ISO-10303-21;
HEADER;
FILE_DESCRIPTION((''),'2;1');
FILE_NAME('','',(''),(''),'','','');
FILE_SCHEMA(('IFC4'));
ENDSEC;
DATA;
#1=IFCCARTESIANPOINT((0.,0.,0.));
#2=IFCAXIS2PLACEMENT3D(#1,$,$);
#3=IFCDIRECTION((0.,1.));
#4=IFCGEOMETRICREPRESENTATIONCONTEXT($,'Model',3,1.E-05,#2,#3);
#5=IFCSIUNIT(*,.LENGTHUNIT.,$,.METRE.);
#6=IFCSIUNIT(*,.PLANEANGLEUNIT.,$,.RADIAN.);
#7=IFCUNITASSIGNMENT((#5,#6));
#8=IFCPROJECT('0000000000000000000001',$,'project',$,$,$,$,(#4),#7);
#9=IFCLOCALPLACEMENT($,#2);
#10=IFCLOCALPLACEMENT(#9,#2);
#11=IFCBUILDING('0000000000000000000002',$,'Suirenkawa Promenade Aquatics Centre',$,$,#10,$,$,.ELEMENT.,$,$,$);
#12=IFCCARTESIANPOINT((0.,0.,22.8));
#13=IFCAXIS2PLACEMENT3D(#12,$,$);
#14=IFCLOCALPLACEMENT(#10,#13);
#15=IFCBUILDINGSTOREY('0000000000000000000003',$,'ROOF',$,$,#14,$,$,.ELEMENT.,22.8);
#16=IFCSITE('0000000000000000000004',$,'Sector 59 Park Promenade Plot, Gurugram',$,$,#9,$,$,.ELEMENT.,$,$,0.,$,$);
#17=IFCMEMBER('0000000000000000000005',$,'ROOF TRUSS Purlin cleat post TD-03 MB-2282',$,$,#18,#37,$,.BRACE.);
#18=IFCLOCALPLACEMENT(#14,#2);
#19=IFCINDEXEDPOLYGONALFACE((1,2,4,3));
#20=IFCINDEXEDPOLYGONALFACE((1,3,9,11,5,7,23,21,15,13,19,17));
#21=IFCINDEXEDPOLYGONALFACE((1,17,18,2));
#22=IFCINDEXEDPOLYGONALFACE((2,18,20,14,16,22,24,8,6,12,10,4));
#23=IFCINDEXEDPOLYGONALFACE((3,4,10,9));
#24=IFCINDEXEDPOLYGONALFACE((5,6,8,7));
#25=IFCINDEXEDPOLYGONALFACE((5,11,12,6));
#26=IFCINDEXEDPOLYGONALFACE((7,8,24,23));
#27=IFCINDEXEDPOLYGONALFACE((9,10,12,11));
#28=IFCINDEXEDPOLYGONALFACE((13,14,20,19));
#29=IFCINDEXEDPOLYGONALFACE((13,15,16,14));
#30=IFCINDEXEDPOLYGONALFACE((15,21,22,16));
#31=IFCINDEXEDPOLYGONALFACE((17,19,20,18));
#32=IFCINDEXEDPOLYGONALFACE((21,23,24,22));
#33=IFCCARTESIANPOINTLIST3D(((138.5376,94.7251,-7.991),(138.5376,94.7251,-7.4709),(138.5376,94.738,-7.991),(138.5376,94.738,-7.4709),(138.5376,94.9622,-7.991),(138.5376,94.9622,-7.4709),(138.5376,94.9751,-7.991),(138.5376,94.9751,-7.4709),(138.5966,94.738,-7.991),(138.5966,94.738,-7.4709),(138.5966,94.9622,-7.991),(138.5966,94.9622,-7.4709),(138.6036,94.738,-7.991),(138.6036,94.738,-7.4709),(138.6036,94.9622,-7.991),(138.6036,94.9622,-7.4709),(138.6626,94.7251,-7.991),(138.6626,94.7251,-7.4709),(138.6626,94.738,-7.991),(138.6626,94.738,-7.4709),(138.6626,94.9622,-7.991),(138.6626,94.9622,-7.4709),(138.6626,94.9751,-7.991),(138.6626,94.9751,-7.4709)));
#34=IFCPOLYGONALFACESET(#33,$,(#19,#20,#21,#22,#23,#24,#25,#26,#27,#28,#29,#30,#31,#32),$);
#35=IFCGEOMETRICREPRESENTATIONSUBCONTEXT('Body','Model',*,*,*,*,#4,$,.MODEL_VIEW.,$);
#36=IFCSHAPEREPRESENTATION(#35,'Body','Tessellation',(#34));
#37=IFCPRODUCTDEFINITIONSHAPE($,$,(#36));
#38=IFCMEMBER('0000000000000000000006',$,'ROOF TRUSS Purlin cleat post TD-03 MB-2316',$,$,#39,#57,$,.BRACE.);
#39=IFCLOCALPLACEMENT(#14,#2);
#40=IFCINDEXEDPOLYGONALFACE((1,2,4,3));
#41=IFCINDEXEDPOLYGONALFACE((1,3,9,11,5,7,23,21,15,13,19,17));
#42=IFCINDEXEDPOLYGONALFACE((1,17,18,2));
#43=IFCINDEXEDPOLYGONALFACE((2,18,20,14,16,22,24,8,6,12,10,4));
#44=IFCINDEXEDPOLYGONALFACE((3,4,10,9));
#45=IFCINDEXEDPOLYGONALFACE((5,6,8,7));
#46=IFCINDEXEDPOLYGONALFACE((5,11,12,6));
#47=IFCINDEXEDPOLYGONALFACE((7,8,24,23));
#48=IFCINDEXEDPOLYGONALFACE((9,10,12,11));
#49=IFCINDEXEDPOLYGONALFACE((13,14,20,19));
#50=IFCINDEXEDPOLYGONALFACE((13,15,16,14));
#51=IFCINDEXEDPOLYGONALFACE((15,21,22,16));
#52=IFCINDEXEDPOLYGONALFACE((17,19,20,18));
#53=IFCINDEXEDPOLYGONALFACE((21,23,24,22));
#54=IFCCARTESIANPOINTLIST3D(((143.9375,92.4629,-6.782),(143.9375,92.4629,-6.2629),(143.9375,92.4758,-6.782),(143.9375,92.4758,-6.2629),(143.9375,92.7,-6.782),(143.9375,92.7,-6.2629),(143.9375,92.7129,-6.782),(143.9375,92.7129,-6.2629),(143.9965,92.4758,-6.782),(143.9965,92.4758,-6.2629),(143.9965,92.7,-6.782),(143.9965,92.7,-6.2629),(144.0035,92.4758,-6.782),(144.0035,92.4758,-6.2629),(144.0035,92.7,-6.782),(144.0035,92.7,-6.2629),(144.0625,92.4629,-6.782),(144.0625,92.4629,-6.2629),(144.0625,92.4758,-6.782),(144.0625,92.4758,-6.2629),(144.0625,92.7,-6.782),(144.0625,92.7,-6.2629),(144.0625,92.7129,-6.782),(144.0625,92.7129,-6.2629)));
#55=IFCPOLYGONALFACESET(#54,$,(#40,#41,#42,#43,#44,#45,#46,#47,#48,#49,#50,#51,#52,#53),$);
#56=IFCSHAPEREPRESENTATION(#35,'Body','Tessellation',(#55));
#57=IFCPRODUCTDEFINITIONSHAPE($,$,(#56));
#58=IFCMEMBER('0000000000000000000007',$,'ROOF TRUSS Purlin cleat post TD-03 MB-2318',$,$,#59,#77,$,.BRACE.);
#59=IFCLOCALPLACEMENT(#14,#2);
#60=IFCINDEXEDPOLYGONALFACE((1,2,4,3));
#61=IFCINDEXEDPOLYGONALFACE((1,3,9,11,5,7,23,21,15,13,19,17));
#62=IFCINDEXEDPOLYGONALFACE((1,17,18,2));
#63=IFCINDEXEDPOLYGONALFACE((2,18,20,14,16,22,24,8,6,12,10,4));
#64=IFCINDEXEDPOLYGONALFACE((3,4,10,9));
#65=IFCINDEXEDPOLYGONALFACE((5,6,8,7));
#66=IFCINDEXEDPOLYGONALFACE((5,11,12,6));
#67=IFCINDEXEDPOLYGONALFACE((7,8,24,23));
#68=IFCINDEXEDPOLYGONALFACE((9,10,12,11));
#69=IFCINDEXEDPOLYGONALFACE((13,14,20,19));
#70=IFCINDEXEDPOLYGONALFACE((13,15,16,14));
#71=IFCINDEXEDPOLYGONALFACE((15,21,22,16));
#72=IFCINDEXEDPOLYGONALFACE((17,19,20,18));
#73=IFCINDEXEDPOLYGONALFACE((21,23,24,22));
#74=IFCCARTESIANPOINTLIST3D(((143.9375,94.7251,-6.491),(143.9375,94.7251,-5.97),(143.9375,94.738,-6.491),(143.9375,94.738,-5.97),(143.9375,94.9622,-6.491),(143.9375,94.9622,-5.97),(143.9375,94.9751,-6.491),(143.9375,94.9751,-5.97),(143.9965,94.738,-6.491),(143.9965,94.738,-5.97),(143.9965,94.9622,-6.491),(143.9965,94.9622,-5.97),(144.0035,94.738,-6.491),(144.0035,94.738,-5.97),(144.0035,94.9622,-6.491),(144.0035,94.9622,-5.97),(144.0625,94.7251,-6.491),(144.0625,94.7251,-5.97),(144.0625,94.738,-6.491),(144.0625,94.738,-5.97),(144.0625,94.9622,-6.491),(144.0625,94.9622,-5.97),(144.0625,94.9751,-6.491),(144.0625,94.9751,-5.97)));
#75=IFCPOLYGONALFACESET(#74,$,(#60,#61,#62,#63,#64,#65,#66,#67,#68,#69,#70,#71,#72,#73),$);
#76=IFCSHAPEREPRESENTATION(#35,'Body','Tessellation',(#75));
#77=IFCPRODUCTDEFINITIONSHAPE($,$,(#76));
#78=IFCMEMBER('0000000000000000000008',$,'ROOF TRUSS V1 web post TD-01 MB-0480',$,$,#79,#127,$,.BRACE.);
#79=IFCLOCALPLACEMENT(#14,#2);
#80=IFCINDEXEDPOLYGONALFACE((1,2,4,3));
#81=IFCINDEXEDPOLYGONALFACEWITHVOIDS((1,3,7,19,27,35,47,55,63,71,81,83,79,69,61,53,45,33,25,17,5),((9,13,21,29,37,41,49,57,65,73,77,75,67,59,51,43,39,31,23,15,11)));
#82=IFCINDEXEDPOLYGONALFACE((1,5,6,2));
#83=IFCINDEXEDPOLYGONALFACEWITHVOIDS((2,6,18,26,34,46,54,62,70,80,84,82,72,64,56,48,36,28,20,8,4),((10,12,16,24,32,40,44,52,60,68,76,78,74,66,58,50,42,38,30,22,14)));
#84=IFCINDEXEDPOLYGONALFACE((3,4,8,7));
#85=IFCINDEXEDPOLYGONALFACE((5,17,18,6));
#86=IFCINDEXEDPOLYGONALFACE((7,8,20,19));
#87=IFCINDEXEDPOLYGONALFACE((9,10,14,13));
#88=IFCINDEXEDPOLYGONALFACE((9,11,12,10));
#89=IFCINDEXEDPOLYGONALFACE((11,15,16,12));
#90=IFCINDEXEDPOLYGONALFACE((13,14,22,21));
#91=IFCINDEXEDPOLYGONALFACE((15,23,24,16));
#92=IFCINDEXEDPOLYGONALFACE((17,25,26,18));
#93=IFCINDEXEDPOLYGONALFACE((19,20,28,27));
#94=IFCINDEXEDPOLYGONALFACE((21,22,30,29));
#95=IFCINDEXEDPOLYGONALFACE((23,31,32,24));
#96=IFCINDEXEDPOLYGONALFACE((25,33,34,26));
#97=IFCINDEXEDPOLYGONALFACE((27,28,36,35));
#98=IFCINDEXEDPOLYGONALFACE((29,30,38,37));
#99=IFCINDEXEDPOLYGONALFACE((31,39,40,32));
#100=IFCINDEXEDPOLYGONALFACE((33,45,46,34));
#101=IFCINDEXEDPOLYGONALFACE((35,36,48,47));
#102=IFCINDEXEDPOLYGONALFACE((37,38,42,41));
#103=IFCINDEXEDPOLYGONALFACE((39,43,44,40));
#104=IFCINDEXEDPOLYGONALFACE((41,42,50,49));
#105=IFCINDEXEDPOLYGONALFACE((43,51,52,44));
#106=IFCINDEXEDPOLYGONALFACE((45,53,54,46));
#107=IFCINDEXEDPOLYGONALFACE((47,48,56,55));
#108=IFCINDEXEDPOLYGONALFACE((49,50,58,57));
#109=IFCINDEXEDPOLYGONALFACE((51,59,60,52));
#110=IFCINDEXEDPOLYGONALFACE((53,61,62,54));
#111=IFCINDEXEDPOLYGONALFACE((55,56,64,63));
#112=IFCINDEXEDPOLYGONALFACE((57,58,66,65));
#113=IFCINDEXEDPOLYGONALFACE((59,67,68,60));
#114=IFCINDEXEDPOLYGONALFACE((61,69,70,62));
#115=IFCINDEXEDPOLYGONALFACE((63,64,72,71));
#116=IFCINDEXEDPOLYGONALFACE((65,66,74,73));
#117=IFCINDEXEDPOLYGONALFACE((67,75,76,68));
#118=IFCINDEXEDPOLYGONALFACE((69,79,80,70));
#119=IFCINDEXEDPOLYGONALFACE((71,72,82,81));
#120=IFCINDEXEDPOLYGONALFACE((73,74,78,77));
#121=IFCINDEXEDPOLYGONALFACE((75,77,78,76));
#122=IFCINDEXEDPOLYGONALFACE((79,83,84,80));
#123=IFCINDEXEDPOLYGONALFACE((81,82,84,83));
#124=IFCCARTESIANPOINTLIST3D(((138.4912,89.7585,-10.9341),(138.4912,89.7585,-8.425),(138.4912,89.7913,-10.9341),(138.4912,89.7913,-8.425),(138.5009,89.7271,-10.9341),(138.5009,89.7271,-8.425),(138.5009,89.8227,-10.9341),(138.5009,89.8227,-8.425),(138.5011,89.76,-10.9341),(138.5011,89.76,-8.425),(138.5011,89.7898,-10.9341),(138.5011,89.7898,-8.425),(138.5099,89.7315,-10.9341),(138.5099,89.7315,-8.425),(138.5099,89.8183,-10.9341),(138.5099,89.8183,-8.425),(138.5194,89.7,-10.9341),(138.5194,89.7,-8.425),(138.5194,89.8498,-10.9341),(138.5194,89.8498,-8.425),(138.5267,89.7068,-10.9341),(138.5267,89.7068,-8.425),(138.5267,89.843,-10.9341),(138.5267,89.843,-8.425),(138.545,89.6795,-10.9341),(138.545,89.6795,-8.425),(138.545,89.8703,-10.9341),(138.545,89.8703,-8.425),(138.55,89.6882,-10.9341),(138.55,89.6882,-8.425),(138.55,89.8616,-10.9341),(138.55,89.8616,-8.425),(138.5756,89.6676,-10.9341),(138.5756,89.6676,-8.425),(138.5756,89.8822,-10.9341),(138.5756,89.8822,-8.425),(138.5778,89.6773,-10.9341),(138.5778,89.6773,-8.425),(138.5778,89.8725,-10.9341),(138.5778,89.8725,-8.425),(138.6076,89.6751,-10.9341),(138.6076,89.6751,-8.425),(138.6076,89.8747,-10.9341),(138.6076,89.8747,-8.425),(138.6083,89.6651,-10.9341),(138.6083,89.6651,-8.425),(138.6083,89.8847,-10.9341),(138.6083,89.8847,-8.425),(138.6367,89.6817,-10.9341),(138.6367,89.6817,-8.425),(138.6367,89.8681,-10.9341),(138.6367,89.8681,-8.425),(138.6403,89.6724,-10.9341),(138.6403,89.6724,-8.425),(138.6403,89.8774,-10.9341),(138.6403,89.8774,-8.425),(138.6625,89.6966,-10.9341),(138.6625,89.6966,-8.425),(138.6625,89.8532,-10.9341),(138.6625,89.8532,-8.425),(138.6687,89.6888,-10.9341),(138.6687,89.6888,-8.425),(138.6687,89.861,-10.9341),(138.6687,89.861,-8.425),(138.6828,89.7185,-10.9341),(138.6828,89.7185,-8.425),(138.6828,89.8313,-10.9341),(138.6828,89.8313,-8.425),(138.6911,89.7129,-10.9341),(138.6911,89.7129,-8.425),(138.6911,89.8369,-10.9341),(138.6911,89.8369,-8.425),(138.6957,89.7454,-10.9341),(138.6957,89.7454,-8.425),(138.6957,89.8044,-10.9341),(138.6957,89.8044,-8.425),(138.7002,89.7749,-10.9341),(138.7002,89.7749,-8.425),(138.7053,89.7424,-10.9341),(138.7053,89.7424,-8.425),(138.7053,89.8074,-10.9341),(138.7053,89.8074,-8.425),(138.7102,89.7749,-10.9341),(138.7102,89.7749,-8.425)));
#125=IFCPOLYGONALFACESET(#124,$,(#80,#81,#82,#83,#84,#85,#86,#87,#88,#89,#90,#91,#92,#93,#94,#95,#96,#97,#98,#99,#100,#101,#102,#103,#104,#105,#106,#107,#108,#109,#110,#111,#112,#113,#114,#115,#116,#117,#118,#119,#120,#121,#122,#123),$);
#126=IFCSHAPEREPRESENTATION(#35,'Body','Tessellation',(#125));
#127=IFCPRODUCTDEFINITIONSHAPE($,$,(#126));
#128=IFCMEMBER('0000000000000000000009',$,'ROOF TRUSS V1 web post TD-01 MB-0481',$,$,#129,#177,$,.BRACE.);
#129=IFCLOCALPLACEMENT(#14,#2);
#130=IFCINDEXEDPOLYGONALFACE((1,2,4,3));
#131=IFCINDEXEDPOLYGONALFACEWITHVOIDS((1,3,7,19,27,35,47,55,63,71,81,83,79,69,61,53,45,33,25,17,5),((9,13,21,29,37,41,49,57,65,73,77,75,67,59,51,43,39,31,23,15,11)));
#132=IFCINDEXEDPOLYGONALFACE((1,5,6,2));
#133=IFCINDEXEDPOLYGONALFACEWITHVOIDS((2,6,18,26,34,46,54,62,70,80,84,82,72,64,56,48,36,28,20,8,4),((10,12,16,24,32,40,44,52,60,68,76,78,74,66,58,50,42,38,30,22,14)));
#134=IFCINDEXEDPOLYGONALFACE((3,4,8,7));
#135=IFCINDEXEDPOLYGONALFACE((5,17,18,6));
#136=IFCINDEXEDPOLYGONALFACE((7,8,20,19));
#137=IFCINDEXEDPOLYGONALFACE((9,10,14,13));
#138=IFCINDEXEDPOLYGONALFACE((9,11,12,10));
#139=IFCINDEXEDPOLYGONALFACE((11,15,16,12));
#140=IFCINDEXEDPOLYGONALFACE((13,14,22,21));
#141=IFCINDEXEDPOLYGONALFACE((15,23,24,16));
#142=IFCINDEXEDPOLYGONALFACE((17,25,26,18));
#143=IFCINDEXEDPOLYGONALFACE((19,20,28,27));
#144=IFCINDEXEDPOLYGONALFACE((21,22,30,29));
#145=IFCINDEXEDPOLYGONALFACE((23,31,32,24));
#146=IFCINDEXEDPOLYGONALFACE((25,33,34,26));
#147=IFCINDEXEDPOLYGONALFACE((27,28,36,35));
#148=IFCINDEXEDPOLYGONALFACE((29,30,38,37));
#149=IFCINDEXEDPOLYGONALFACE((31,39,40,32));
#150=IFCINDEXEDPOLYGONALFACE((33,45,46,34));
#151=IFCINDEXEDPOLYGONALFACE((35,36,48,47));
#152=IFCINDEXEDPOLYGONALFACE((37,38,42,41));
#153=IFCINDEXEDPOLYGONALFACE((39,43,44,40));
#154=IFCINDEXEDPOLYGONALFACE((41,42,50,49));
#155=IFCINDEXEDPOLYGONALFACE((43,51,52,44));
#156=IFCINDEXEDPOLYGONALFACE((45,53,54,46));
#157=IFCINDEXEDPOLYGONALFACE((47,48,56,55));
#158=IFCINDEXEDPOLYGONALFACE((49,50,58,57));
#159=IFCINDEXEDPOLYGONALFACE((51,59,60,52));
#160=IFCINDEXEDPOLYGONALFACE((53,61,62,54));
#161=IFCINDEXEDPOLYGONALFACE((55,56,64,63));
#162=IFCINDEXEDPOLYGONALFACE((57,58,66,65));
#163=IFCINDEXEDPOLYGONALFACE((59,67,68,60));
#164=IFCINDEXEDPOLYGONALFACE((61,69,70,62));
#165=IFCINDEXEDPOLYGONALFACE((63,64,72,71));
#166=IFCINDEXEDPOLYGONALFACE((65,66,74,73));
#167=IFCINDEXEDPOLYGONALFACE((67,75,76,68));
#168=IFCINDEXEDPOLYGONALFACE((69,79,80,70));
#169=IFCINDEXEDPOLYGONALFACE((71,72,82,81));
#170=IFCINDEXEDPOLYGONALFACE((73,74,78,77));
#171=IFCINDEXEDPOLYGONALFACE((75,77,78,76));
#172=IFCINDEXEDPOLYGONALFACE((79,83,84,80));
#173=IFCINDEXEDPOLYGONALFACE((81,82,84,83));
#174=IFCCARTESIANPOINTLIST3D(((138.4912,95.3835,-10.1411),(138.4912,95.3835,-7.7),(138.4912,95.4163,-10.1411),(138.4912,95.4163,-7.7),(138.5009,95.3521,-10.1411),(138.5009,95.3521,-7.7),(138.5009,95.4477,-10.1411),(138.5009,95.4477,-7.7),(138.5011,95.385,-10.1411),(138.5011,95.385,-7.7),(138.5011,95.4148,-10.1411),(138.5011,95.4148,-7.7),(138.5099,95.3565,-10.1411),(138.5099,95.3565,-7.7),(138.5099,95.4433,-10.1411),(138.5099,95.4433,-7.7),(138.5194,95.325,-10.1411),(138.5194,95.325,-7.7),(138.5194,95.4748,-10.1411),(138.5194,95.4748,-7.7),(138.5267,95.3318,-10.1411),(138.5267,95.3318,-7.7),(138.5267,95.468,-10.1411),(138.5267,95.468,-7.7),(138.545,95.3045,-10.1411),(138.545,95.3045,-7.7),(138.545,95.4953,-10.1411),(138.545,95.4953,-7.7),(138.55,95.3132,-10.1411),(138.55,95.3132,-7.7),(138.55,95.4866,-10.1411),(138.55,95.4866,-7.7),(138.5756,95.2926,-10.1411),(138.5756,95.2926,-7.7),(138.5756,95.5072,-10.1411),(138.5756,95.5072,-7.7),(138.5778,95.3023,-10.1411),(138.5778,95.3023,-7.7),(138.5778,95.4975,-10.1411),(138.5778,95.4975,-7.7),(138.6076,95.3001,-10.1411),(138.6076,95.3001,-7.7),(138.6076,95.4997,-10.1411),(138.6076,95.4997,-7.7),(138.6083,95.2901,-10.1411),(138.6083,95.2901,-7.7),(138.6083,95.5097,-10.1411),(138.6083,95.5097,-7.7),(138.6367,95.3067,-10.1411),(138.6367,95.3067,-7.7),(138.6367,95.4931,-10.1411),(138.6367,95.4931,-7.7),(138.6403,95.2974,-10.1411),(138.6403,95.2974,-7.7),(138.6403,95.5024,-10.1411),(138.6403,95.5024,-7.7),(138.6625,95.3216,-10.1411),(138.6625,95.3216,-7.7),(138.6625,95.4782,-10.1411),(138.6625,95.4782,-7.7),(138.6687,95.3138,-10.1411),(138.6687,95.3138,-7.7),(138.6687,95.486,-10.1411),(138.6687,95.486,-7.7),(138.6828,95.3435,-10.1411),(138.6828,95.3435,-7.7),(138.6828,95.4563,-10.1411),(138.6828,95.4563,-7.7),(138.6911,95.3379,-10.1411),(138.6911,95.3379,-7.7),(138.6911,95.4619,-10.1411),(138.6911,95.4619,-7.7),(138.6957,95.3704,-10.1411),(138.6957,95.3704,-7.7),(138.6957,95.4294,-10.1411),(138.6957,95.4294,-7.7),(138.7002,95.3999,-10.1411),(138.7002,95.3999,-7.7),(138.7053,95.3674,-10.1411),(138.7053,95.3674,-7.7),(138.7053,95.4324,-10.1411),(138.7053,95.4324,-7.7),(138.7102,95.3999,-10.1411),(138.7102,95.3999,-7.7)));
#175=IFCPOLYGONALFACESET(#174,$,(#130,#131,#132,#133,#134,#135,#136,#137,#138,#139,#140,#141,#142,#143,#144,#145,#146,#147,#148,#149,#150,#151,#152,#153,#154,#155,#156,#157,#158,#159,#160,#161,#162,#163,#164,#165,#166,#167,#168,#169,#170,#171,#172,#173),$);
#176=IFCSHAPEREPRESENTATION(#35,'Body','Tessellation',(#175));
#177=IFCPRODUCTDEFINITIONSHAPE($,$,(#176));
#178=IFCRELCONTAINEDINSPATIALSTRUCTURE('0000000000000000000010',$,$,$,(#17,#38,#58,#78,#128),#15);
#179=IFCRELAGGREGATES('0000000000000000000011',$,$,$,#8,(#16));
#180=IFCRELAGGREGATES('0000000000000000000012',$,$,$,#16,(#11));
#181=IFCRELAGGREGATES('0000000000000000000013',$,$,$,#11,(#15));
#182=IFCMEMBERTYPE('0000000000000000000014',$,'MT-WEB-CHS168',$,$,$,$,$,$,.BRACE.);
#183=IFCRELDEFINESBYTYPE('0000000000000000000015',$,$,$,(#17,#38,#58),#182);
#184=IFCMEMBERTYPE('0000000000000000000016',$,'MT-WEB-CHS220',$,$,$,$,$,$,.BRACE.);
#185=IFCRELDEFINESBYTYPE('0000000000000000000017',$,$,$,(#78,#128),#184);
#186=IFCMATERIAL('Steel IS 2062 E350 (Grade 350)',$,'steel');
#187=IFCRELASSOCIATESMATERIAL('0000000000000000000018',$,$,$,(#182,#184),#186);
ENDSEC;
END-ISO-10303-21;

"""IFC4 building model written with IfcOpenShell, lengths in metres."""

from ifc_helpers import new_model, si_unit, direction, frame, origin, origin_2d, place, context, subcontext, project, spatial, hollow_circle, i_section, extrude, material, material_profile, profile_set, type_object, element, save


model = new_model("IFC4")

# Units and contexts
model_context = context("Model", 3, precision=1e-05, world=origin(), true_north=direction((0.0, 1.0)))
body_context = subcontext(model_context, "Body", "Model", "MODEL_VIEW")
ifc_project = project(units=[si_unit("LENGTHUNIT", "METRE"), si_unit("PLANEANGLEUNIT", "RADIAN")], contexts=[model_context])

# Site, building, storey
site_placement = place(None, origin())
site = spatial("IfcSite", under=ifc_project, at=site_placement, Name="Sector 59 Park Promenade Plot, Gurugram", CompositionType="ELEMENT", RefElevation=0.0)
building_placement = place(site_placement, origin())
building = spatial("IfcBuilding", under=site, at=building_placement, Name="Suirenkawa Promenade Aquatics Centre", CompositionType="ELEMENT")
storey_placement = place(building_placement, frame((0.0, 0.0, 22.8)))
storey = spatial("IfcBuildingStorey", under=building, at=storey_placement, Name="ROOF", CompositionType="ELEMENT", Elevation=22.8)

# Shared definitions
ifc_material = material(Name="Steel IS 2062 E350 (Grade 350)", Category="steel")

# Members
ifc_material_profile_1 = material_profile(ifc_material, i_section(OverallWidth=0.125, OverallDepth=0.25, WebThickness=0.0071, FlangeThickness=0.0129, at=origin_2d()), Name="ISMB 250", Category="steel")
ifc_profile_set_1 = profile_set([ifc_material_profile_1], Name="Steel IS 2062 E350 (Grade 350)")
member_type_1 = type_object("IfcMemberType", Name="MT-WEB-CHS168", PredefinedType="BRACE", material=ifc_profile_set_1)
member_1_placement = place(storey_placement, frame((138.6001, 94.8501, -7.991), z_axis=(0.0, 0.0, 1.0), x_axis=(1.0, 0.0, 0.0)))
element("IfcMember", 1, at=member_1_placement, inside=storey, type_object=member_type_1, Name="ROOF TRUSS Purlin cleat post TD-03 MB-2282", PredefinedType="BRACE", context=body_context, shape_type="SweptSolid", body=[
    extrude(i_section(OverallWidth=0.125, OverallDepth=0.25, WebThickness=0.0071, FlangeThickness=0.0129, at=origin_2d()), origin(), (0.0, 0.0, 1.0), 0.52),
])
member_2_placement = place(storey_placement, frame((144.0, 92.5879, -6.782), z_axis=(0.0, 0.0, 1.0), x_axis=(1.0, 0.0, 0.0)))
element("IfcMember", 2, at=member_2_placement, inside=storey, type_object=member_type_1, Name="ROOF TRUSS Purlin cleat post TD-03 MB-2316", PredefinedType="BRACE", context=body_context, shape_type="SweptSolid", body=[
    extrude(i_section(OverallWidth=0.125, OverallDepth=0.25, WebThickness=0.0071, FlangeThickness=0.0129, at=origin_2d()), origin(), (0.0, 0.0, 1.0), 0.519),
])
member_3_placement = place(storey_placement, frame((144.0, 94.8501, -6.491), z_axis=(0.0, 0.0, 1.0), x_axis=(1.0, 0.0, 0.0)))
element("IfcMember", 3, at=member_3_placement, inside=storey, type_object=member_type_1, Name="ROOF TRUSS Purlin cleat post TD-03 MB-2318", PredefinedType="BRACE", context=body_context, shape_type="SweptSolid", body=[
    extrude(i_section(OverallWidth=0.125, OverallDepth=0.25, WebThickness=0.0071, FlangeThickness=0.0129, at=origin_2d()), origin(), (0.0, 0.0, 1.0), 0.521),
])
ifc_material_profile_2 = material_profile(ifc_material, hollow_circle(Radius=0.1101, WallThickness=0.01, at=origin_2d()), Name="CHS 220x10", Category="steel")
ifc_profile_set_2 = profile_set([ifc_material_profile_2], Name="Steel IS 2062 E350 (Grade 350)")
member_type_2 = type_object("IfcMemberType", Name="MT-WEB-CHS220", PredefinedType="BRACE", material=ifc_profile_set_2)
member_4_placement = place(storey_placement, frame((138.6001, 89.7749, -10.9341), z_axis=(0.0, 0.0, 1.0), x_axis=(1.0, 0.0, 0.0)))
element("IfcMember", 4, at=member_4_placement, inside=storey, type_object=member_type_2, Name="ROOF TRUSS V1 web post TD-01 MB-0480", PredefinedType="BRACE", context=body_context, shape_type="SweptSolid", body=[
    extrude(hollow_circle(Radius=0.1101, WallThickness=0.01, at=origin_2d()), origin(), (0.0, 0.0, 1.0), 2.509),
])
member_5_placement = place(storey_placement, frame((138.6001, 95.3999, -10.1411), z_axis=(0.0, 0.0, 1.0), x_axis=(1.0, 0.0, 0.0)))
element("IfcMember", 5, at=member_5_placement, inside=storey, type_object=member_type_2, Name="ROOF TRUSS V1 web post TD-01 MB-0481", PredefinedType="BRACE", context=body_context, shape_type="SweptSolid", body=[
    extrude(hollow_circle(Radius=0.1101, WallThickness=0.01, at=origin_2d()), origin(), (0.0, 0.0, 1.0), 2.4412),
])

save(model, "model.ifc")
